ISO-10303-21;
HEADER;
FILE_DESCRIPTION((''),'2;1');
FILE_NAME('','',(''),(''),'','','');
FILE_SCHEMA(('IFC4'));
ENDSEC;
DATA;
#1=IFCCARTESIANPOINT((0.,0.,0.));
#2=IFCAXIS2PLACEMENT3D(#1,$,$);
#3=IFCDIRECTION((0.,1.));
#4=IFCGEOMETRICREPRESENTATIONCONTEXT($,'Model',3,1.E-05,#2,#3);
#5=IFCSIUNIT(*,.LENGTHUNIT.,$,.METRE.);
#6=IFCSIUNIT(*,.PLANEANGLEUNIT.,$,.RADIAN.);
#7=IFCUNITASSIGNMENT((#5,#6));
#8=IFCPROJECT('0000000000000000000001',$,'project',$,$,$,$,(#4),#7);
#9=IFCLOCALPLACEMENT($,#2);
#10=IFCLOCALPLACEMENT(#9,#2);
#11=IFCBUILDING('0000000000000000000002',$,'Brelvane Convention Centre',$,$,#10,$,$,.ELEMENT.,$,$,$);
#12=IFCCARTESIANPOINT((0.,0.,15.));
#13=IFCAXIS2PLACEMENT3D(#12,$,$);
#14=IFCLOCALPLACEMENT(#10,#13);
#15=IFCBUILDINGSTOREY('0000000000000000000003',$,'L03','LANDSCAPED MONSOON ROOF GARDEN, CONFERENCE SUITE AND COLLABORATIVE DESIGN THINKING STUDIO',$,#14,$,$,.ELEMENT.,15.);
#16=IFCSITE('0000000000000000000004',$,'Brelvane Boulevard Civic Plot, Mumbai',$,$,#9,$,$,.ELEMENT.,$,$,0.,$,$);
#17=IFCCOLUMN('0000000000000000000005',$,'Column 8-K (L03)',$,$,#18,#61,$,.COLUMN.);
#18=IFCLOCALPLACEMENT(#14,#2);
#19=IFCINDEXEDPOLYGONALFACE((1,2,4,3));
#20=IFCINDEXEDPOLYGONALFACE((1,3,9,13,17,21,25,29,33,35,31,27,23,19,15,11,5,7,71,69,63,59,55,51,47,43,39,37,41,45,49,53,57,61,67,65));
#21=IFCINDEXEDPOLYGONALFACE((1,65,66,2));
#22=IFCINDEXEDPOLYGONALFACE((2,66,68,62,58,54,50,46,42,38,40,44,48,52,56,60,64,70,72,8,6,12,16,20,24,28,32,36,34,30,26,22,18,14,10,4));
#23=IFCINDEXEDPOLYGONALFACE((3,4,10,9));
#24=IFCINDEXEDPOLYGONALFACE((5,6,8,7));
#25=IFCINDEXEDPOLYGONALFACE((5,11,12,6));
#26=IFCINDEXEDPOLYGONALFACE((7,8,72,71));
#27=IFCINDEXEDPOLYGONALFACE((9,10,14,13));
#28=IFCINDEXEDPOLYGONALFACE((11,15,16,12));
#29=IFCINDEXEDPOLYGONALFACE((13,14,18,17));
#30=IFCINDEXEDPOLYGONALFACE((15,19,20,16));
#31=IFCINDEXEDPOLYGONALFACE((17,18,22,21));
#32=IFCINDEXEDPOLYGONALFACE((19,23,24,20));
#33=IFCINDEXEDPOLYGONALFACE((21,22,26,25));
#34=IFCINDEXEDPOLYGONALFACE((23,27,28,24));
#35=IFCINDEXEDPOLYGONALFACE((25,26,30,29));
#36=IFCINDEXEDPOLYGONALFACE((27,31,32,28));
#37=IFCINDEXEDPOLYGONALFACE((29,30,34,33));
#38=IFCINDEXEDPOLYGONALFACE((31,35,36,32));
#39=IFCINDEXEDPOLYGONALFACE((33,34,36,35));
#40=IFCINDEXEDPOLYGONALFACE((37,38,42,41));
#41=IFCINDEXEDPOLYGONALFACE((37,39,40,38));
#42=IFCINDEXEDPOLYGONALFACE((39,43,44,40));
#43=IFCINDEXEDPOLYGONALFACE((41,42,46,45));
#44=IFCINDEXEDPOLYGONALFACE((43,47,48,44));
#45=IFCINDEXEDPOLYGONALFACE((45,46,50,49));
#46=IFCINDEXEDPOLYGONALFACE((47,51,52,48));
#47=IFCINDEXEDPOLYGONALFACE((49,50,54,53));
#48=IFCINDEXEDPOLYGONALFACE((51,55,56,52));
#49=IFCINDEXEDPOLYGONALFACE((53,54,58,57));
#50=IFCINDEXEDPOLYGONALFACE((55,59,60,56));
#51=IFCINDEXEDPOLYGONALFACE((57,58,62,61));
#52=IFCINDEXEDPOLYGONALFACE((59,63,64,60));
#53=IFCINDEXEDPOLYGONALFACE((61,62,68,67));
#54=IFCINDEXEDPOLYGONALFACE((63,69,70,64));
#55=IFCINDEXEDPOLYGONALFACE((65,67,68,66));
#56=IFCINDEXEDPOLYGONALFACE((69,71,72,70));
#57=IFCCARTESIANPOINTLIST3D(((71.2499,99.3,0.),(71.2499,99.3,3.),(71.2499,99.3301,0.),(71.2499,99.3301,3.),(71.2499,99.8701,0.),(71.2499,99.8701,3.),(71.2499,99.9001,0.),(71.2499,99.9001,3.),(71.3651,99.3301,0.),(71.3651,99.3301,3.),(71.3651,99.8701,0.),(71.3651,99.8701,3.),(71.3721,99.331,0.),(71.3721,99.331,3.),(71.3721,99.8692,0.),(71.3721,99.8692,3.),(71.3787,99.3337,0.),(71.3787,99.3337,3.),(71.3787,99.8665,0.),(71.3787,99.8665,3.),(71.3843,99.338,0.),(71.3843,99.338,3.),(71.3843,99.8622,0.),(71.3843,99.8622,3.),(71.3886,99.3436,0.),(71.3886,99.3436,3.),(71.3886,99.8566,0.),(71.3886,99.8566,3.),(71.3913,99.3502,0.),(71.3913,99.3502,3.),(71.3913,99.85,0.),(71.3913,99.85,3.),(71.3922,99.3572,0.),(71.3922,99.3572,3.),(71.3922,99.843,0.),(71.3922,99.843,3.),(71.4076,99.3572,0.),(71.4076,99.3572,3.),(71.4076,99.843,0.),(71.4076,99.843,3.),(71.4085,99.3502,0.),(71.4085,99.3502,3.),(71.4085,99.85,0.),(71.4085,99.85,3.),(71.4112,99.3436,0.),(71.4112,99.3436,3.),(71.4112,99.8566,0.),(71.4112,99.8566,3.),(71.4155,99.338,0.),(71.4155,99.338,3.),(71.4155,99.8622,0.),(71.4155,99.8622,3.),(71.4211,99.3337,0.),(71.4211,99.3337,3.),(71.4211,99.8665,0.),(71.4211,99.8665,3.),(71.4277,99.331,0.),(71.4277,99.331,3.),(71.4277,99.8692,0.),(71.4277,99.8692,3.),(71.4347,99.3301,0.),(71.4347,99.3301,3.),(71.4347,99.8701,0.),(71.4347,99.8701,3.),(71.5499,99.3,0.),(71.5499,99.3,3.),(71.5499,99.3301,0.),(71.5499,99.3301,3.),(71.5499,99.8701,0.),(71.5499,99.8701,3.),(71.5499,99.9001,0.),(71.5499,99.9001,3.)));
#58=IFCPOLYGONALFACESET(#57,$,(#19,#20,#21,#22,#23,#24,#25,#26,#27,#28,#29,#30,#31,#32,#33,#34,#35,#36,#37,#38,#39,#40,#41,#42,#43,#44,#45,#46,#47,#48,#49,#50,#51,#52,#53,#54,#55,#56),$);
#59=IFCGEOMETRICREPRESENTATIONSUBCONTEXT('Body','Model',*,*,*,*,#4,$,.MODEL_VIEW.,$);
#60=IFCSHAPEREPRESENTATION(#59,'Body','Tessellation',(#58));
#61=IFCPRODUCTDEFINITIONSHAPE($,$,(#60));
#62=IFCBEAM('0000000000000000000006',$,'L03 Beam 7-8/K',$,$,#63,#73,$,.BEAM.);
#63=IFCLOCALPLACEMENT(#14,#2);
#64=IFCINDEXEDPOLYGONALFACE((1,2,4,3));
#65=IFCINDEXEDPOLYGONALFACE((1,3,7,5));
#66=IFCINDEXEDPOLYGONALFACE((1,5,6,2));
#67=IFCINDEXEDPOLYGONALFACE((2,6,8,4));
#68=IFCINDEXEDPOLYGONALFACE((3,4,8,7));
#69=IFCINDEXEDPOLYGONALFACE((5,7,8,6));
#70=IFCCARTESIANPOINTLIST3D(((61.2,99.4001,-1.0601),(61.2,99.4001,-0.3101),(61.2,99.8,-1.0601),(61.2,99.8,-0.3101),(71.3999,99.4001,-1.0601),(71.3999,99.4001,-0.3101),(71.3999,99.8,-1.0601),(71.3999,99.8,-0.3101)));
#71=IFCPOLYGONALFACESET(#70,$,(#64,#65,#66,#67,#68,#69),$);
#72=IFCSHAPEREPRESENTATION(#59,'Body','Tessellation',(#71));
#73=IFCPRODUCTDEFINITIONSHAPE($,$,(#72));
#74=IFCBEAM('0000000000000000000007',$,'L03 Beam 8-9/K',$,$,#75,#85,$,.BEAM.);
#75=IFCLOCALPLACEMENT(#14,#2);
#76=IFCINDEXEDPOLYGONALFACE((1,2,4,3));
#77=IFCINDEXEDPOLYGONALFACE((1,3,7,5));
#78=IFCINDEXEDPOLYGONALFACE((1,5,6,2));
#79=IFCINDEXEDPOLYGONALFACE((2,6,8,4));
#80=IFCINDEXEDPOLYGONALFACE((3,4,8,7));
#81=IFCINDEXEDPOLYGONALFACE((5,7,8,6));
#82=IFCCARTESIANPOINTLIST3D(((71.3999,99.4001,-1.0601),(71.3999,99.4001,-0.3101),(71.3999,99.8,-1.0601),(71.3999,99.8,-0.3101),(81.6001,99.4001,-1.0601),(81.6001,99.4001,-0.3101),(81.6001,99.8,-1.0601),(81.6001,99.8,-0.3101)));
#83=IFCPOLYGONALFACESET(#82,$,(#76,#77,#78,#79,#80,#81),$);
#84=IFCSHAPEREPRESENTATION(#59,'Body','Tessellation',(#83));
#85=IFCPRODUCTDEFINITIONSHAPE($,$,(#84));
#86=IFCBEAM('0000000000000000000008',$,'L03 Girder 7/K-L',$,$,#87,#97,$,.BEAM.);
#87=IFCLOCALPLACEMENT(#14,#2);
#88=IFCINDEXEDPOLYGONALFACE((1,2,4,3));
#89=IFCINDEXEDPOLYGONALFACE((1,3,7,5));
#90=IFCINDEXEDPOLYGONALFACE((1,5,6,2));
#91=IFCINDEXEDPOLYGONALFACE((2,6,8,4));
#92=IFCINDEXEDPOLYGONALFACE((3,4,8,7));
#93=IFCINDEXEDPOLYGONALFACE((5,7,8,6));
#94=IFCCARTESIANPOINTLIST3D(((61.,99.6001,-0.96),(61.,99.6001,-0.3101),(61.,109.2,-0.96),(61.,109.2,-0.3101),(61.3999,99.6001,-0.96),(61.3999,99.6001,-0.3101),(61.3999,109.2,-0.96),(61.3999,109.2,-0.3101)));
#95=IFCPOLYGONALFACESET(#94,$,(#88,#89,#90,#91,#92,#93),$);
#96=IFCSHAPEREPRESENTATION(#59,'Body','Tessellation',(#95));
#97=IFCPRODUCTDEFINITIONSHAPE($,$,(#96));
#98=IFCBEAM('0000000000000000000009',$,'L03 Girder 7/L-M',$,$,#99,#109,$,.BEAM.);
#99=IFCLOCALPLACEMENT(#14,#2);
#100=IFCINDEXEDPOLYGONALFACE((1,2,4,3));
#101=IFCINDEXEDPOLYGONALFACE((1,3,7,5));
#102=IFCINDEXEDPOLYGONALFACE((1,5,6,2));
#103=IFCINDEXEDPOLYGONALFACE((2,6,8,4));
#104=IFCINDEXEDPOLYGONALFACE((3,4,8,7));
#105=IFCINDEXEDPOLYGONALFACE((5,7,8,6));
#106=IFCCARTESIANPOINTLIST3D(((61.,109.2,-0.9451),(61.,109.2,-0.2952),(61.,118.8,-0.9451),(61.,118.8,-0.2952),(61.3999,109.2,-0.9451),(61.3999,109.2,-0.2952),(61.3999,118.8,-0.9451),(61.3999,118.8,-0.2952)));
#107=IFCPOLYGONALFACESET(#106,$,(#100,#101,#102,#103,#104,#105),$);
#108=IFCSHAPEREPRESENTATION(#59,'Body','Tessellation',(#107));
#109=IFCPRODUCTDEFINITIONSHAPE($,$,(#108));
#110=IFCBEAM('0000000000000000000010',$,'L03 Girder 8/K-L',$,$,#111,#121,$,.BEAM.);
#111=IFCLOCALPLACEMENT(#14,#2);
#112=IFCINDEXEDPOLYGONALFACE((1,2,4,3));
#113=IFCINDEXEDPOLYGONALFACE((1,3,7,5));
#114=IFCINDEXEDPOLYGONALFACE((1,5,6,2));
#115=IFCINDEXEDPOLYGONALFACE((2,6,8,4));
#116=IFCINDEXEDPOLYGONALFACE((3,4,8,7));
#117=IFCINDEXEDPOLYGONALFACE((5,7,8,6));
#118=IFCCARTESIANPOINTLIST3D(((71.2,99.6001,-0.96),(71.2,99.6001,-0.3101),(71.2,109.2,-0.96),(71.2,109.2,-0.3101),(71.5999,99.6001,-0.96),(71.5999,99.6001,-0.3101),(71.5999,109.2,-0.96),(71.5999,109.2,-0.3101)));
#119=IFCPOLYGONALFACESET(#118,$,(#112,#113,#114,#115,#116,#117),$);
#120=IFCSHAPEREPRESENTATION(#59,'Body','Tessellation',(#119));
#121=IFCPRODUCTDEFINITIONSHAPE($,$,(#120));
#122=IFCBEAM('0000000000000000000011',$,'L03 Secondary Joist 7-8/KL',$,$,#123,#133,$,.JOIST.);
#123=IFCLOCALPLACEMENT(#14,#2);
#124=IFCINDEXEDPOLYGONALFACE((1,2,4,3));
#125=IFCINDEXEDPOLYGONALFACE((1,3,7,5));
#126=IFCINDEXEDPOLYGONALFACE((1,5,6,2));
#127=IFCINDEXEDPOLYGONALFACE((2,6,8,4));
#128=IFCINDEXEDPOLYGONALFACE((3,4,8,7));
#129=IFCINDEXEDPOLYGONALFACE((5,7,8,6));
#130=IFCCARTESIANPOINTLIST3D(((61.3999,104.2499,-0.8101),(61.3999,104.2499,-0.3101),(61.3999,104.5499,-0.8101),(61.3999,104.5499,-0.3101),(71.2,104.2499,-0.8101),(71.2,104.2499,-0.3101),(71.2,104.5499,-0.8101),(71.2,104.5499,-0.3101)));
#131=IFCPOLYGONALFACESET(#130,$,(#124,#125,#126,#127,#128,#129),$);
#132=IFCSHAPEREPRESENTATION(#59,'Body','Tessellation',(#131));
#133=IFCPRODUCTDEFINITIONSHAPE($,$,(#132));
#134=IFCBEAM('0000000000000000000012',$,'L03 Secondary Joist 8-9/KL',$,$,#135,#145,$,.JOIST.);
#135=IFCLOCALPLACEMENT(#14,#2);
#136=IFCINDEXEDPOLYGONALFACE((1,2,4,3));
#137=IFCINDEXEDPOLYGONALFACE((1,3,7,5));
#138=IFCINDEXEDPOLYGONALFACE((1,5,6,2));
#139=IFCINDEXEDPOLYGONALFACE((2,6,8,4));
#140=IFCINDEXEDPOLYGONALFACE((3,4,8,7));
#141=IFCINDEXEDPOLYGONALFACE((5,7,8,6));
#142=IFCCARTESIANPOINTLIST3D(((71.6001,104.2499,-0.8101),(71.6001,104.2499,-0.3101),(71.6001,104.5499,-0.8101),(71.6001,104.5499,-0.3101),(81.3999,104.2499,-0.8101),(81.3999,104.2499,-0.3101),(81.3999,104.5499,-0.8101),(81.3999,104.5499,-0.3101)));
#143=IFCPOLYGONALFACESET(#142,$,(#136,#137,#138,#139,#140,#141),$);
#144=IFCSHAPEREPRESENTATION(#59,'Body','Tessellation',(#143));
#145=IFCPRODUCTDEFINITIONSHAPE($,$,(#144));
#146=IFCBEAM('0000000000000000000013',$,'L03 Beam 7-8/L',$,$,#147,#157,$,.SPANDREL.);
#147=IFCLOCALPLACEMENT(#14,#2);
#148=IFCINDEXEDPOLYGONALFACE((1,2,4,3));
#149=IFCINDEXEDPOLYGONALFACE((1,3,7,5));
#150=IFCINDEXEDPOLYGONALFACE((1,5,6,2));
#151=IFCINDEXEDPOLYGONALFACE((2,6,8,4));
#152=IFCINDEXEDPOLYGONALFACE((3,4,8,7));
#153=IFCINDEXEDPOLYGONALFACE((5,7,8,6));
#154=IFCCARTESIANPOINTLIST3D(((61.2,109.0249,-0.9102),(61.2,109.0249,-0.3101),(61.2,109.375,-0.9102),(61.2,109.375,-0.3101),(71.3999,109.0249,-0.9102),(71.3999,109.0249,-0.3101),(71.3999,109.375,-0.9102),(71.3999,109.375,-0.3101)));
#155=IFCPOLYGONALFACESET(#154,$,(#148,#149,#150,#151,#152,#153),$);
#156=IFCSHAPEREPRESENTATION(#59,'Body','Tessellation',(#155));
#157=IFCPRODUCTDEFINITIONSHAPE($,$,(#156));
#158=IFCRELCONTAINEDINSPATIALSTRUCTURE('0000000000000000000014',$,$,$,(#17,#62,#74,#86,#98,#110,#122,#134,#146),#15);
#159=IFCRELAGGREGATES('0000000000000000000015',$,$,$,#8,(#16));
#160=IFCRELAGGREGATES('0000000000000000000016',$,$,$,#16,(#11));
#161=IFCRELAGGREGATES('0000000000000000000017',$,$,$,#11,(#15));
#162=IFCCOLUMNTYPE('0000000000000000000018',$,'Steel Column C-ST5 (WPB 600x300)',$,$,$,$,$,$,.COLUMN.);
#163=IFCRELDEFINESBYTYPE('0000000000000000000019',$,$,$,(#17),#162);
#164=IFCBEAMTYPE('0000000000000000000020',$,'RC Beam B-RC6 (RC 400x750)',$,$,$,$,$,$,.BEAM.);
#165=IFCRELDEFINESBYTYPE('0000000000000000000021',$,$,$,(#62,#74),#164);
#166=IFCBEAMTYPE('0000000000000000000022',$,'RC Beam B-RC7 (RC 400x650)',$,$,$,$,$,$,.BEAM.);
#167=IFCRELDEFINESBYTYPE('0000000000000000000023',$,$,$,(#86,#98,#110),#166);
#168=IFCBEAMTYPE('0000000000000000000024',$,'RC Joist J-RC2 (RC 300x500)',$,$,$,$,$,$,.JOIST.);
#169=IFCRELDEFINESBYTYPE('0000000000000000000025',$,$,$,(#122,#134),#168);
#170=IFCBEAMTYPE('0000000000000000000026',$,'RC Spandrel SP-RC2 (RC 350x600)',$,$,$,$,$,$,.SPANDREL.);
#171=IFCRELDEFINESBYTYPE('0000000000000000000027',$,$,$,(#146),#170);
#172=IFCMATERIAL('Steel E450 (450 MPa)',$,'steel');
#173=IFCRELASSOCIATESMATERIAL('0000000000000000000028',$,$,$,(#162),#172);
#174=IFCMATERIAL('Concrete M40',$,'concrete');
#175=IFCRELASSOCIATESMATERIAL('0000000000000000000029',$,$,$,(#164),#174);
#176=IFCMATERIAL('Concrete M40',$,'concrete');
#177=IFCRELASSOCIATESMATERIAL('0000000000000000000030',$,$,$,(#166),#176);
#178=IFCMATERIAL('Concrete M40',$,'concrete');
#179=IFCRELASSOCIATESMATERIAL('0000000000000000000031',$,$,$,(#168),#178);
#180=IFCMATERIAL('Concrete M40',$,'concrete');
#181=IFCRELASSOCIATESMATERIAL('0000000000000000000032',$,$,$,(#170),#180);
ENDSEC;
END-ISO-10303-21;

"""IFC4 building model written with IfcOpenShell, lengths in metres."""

from ifc_helpers import new_model, si_unit, direction, frame, origin, origin_2d, place, context, subcontext, project, spatial, rectangle, i_section, extrude, material, material_profile, profile_set, type_object, element, save


model = new_model("IFC4")

# Units and contexts
model_context = context("Model", 3, precision=1e-05, world=origin(), true_north=direction((0.0, 1.0)))
body_context = subcontext(model_context, "Body", "Model", "MODEL_VIEW")
ifc_project = project(units=[si_unit("LENGTHUNIT", "METRE"), si_unit("PLANEANGLEUNIT", "RADIAN")], contexts=[model_context])

# Site, building, storey
site_placement = place(None, origin())
site = spatial("IfcSite", under=ifc_project, at=site_placement, Name="Brelvane Boulevard Civic Plot, Mumbai", CompositionType="ELEMENT", RefElevation=0.0)
building_placement = place(site_placement, origin())
building = spatial("IfcBuilding", under=site, at=building_placement, Name="Brelvane Convention Centre", CompositionType="ELEMENT")
storey_placement = place(building_placement, frame((0.0, 0.0, 15.0)))
storey = spatial("IfcBuildingStorey", under=building, at=storey_placement, Name="L03", Description="LANDSCAPED MONSOON ROOF GARDEN, CONFERENCE SUITE AND COLLABORATIVE DESIGN THINKING STUDIO", CompositionType="ELEMENT", Elevation=15.0)

# Column
ifc_material_1 = material(Name="Steel E450 (450 MPa)", Category="steel")
ifc_material_profile_1 = material_profile(ifc_material_1, i_section(OverallWidth=0.3, OverallDepth=0.6001, WebThickness=0.0154, FlangeThickness=0.03, FilletRadius=0.0271, at=origin_2d()), Name="WPB 600x300")
ifc_profile_set_1 = profile_set([ifc_material_profile_1], Name="Steel E450 (450 MPa)")
column_type_1 = type_object("IfcColumnType", Name="Steel Column C-ST5 (WPB 600x300)", PredefinedType="COLUMN", material=ifc_profile_set_1)
column_1_placement = place(storey_placement, frame((71.3999, 99.6001, 0.0), z_axis=(0.0, 0.0, 1.0), x_axis=(1.0, 0.0, 0.0)))
element("IfcColumn", 1, at=column_1_placement, inside=storey, type_object=column_type_1, Name="Column 8-K (L03)", PredefinedType="COLUMN", context=body_context, shape_type="SweptSolid", body=[
    extrude(i_section(OverallWidth=0.3, OverallDepth=0.6001, WebThickness=0.0154, FlangeThickness=0.03, FilletRadius=0.0271, at=origin_2d()), origin(), (0.0, 0.0, 1.0), 3.0),
])

# Beams
ifc_material_2 = material(Name="Concrete M40", Category="concrete")
ifc_material_profile_2 = material_profile(ifc_material_2, rectangle(XDim=0.3999, YDim=0.75, at=origin_2d()), Name="RC 400x750")
ifc_profile_set_2 = profile_set([ifc_material_profile_2], Name="Concrete M40")
beam_type_1 = type_object("IfcBeamType", Name="RC Beam B-RC6 (RC 400x750)", PredefinedType="BEAM", material=ifc_profile_set_2)
beam_1_placement = place(storey_placement, frame((61.2, 99.6001, -0.6851), z_axis=(1.0, 0.0, 0.0), x_axis=(0.0, 1.0, 0.0)))
element("IfcBeam", 2, at=beam_1_placement, inside=storey, type_object=beam_type_1, Name="L03 Beam 7-8/K", PredefinedType="BEAM", context=body_context, shape_type="SweptSolid", body=[
    extrude(rectangle(XDim=0.3999, YDim=0.75, at=origin_2d()), origin(), (0.0, 0.0, 1.0), 10.2),
])
beam_2_placement = place(storey_placement, frame((71.3999, 99.6001, -0.6851), z_axis=(1.0, 0.0, 0.0), x_axis=(0.0, 1.0, 0.0)))
element("IfcBeam", 3, at=beam_2_placement, inside=storey, type_object=beam_type_1, Name="L03 Beam 8-9/K", PredefinedType="BEAM", context=body_context, shape_type="SweptSolid", body=[
    extrude(rectangle(XDim=0.3999, YDim=0.75, at=origin_2d()), origin(), (0.0, 0.0, 1.0), 10.2002),
])
ifc_material_3 = material(Name="Concrete M40", Category="concrete")
ifc_material_profile_3 = material_profile(ifc_material_3, rectangle(XDim=0.3999, YDim=0.6499, at=origin_2d()), Name="RC 400x650")
ifc_profile_set_3 = profile_set([ifc_material_profile_3], Name="Concrete M40")
beam_type_2 = type_object("IfcBeamType", Name="RC Beam B-RC7 (RC 400x650)", PredefinedType="BEAM", material=ifc_profile_set_3)
beam_3_placement = place(storey_placement, frame((61.2, 99.6001, -0.635), z_axis=(0.0, 1.0, 0.0), x_axis=(-1.0, 0.0, 0.0)))
element("IfcBeam", 4, at=beam_3_placement, inside=storey, type_object=beam_type_2, Name="L03 Girder 7/K-L", PredefinedType="BEAM", context=body_context, shape_type="SweptSolid", body=[
    extrude(rectangle(XDim=0.3999, YDim=0.6499, at=origin_2d()), origin(), (0.0, 0.0, 1.0), 9.5999),
])
beam_4_placement = place(storey_placement, frame((61.2, 109.2, -0.6201), z_axis=(0.0, 1.0, 0.0), x_axis=(-1.0, 0.0, 0.0)))
element("IfcBeam", 5, at=beam_4_placement, inside=storey, type_object=beam_type_2, Name="L03 Girder 7/L-M", PredefinedType="BEAM", context=body_context, shape_type="SweptSolid", body=[
    extrude(rectangle(XDim=0.3999, YDim=0.6499, at=origin_2d()), origin(), (0.0, 0.0, 1.0), 9.6001),
])
beam_5_placement = place(storey_placement, frame((71.3999, 99.6001, -0.635), z_axis=(0.0, 1.0, 0.0), x_axis=(-1.0, 0.0, 0.0)))
element("IfcBeam", 6, at=beam_5_placement, inside=storey, type_object=beam_type_2, Name="L03 Girder 8/K-L", PredefinedType="BEAM", context=body_context, shape_type="SweptSolid", body=[
    extrude(rectangle(XDim=0.3999, YDim=0.6499, at=origin_2d()), origin(), (0.0, 0.0, 1.0), 9.5999),
])
ifc_material_4 = material(Name="Concrete M40", Category="concrete")
ifc_material_profile_4 = material_profile(ifc_material_4, rectangle(XDim=0.3, YDim=0.5, at=origin_2d()), Name="RC 300x500")
ifc_profile_set_4 = profile_set([ifc_material_profile_4], Name="Concrete M40")
beam_type_3 = type_object("IfcBeamType", Name="RC Joist J-RC2 (RC 300x500)", PredefinedType="JOIST", material=ifc_profile_set_4)
beam_6_placement = place(storey_placement, frame((61.3999, 104.3999, -0.5601), z_axis=(1.0, 0.0, 0.0), x_axis=(0.0, 1.0, 0.0)))
element("IfcBeam", 7, at=beam_6_placement, inside=storey, type_object=beam_type_3, Name="L03 Secondary Joist 7-8/KL", PredefinedType="JOIST", context=body_context, shape_type="SweptSolid", body=[
    extrude(rectangle(XDim=0.3, YDim=0.5, at=origin_2d()), origin(), (0.0, 0.0, 1.0), 9.8),
])
beam_7_placement = place(storey_placement, frame((71.6001, 104.3999, -0.5601), z_axis=(1.0, 0.0, 0.0), x_axis=(0.0, 1.0, 0.0)))
element("IfcBeam", 8, at=beam_7_placement, inside=storey, type_object=beam_type_3, Name="L03 Secondary Joist 8-9/KL", PredefinedType="JOIST", context=body_context, shape_type="SweptSolid", body=[
    extrude(rectangle(XDim=0.3, YDim=0.5, at=origin_2d()), origin(), (0.0, 0.0, 1.0), 9.7998),
])
ifc_material_5 = material(Name="Concrete M40", Category="concrete")
ifc_material_profile_5 = material_profile(ifc_material_5, rectangle(XDim=0.3501, YDim=0.6001, at=origin_2d()), Name="RC 350x600")
ifc_profile_set_5 = profile_set([ifc_material_profile_5], Name="Concrete M40")
beam_type_4 = type_object("IfcBeamType", Name="RC Spandrel SP-RC2 (RC 350x600)", PredefinedType="SPANDREL", material=ifc_profile_set_5)
beam_8_placement = place(storey_placement, frame((61.2, 109.2, -0.6101), z_axis=(1.0, 0.0, 0.0), x_axis=(0.0, 1.0, 0.0)))
element("IfcBeam", 9, at=beam_8_placement, inside=storey, type_object=beam_type_4, Name="L03 Beam 7-8/L", PredefinedType="SPANDREL", context=body_context, shape_type="SweptSolid", body=[
    extrude(rectangle(XDim=0.3501, YDim=0.6001, at=origin_2d()), origin(), (0.0, 0.0, 1.0), 10.2),
])

save(model, "model.ifc")
